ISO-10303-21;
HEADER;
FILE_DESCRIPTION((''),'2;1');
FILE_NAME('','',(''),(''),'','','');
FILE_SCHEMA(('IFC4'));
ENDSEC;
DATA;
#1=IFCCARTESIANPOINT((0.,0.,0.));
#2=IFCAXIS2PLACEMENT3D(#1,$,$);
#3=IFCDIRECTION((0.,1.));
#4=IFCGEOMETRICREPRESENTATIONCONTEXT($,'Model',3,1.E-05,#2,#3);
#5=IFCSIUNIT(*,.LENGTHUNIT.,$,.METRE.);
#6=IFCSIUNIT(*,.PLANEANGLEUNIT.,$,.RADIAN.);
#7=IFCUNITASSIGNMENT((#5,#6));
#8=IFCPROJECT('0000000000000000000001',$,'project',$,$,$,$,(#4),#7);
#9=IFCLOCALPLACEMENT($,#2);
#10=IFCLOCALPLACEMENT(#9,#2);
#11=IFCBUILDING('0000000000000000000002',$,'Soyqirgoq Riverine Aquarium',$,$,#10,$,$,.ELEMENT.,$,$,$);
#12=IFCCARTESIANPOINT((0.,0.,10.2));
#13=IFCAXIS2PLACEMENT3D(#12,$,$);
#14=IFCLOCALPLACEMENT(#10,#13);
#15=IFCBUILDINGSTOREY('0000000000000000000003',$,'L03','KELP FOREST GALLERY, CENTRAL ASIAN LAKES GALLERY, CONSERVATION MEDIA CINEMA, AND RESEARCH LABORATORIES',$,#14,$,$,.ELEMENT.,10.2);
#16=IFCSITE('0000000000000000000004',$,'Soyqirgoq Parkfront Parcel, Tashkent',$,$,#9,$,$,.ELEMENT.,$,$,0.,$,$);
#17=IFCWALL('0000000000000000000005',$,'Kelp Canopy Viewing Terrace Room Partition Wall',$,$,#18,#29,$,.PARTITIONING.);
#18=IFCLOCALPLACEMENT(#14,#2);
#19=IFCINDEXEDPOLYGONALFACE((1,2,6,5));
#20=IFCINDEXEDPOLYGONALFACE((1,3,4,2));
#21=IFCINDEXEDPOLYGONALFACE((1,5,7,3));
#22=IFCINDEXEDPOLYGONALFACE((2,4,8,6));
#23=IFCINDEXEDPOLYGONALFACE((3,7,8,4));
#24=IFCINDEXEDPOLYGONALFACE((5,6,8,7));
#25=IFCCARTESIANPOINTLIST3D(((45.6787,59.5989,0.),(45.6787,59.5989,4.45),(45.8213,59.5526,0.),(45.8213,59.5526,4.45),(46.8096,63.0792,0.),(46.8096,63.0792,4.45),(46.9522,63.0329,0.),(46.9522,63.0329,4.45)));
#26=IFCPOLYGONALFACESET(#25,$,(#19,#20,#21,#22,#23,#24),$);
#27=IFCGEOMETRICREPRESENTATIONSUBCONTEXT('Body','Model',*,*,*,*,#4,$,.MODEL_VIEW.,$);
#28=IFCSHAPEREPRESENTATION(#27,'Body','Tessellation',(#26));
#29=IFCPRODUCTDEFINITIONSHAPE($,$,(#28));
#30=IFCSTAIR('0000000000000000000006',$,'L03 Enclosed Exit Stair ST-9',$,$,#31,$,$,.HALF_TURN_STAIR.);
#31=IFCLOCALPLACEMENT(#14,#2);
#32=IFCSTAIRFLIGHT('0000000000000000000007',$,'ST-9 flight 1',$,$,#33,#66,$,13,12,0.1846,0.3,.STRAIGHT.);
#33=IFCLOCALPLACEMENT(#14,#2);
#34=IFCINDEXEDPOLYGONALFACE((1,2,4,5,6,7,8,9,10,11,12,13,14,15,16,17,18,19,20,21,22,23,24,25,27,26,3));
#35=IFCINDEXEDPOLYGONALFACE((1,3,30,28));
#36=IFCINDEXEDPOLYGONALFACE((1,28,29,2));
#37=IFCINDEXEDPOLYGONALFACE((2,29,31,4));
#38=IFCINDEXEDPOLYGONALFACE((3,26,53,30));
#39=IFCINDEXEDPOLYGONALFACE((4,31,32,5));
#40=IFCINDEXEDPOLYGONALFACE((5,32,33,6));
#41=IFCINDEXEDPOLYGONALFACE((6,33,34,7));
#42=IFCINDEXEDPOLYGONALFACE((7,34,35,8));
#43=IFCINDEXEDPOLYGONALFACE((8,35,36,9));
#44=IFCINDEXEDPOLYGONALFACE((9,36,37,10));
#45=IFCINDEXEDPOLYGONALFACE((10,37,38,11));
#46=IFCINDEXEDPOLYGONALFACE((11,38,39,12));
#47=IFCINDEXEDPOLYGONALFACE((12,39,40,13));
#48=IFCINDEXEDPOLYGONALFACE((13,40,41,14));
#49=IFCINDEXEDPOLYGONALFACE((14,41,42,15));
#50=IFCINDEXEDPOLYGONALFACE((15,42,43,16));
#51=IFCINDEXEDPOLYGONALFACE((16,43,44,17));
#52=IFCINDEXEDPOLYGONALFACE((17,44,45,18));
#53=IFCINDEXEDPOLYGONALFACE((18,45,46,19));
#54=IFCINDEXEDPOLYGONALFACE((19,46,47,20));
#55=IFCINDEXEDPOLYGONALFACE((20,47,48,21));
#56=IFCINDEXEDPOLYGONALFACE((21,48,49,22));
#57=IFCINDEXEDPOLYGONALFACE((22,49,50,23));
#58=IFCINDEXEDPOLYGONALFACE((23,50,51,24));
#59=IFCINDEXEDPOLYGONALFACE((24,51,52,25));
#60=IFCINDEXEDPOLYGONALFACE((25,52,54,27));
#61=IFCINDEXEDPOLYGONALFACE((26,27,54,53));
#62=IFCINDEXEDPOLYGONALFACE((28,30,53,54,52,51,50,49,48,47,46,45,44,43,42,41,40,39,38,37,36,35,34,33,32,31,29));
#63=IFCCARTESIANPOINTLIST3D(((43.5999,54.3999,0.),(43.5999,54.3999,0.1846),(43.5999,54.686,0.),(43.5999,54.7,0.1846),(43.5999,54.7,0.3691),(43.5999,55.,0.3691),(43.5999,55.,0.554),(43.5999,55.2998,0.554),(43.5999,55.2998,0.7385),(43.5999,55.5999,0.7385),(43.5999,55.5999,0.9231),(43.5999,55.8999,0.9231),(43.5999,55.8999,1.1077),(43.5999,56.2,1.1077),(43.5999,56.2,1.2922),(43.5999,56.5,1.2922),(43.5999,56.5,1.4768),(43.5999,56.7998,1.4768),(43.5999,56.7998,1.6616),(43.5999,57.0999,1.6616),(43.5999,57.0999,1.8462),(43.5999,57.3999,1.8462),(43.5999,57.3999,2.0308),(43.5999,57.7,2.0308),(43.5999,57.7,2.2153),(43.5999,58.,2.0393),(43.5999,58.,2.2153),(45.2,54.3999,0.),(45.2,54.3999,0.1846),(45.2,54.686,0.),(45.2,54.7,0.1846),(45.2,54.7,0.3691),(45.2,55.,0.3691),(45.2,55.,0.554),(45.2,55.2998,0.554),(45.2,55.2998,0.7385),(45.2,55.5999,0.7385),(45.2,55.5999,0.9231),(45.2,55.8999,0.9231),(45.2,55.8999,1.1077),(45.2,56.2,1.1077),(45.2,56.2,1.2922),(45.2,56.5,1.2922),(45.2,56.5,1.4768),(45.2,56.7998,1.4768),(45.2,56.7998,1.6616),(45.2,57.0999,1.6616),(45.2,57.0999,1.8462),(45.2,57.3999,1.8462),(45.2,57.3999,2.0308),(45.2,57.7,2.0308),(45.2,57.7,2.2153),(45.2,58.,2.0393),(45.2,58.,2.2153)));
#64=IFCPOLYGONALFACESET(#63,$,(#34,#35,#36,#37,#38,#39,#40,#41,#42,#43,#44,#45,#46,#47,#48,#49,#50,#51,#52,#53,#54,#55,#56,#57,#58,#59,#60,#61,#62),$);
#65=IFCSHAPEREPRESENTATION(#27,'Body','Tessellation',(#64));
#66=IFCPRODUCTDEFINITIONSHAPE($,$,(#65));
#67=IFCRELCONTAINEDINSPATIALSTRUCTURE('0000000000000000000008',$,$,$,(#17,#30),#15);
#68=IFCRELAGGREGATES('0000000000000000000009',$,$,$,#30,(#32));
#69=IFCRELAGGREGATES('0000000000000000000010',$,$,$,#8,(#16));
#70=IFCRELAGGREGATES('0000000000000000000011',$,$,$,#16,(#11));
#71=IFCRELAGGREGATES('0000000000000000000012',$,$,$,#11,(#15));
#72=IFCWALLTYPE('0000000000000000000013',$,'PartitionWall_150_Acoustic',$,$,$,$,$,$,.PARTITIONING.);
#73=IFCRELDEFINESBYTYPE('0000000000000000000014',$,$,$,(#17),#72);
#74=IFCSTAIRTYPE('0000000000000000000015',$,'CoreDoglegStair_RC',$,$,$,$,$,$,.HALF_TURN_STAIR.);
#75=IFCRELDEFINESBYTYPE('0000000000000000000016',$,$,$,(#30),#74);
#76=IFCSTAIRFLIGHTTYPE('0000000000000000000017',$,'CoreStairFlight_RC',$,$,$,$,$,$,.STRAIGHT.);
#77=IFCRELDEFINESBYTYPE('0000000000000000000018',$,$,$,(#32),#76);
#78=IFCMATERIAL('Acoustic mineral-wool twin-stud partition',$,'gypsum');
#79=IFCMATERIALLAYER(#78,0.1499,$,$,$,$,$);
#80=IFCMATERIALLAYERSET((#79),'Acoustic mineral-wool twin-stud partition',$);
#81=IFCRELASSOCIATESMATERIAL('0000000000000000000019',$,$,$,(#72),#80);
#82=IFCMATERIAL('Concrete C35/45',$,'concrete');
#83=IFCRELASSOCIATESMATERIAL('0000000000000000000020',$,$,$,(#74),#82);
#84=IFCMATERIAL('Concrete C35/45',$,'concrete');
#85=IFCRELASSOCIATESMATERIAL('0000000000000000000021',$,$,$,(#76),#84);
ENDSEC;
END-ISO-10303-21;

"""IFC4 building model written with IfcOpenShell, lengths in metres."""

from ifc_helpers import new_model, si_unit, direction, frame, frame_2d, origin, place, context, subcontext, project, spatial, polyline, rectangle, outline, extrude, material, layer, layer_set, type_object, element, aggregate, save


model = new_model("IFC4")

# Units and contexts
model_context = context("Model", 3, precision=1e-05, world=origin(), true_north=direction((0.0, 1.0)))
body_context = subcontext(model_context, "Body", "Model", "MODEL_VIEW")
ifc_project = project(units=[si_unit("LENGTHUNIT", "METRE"), si_unit("PLANEANGLEUNIT", "RADIAN")], contexts=[model_context])

# Site, building, storey
site_placement = place(None, origin())
site = spatial("IfcSite", under=ifc_project, at=site_placement, Name="Soyqirgoq Parkfront Parcel, Tashkent", CompositionType="ELEMENT", RefElevation=0.0)
building_placement = place(site_placement, origin())
building = spatial("IfcBuilding", under=site, at=building_placement, Name="Soyqirgoq Riverine Aquarium", CompositionType="ELEMENT")
storey_placement = place(building_placement, frame((0.0, 0.0, 10.2)))
storey = spatial("IfcBuildingStorey", under=building, at=storey_placement, Name="L03", Description="KELP FOREST GALLERY, CENTRAL ASIAN LAKES GALLERY, CONSERVATION MEDIA CINEMA, AND RESEARCH LABORATORIES", CompositionType="ELEMENT", Elevation=10.2)

# Wall
ifc_material_1 = material(Name="Acoustic mineral-wool twin-stud partition", Category="gypsum")
ifc_layer_1 = layer(ifc_material_1, 0.1499)
ifc_layer_set_1 = layer_set([ifc_layer_1], Name="Acoustic mineral-wool twin-stud partition")
wall_type_1 = type_object("IfcWallType", Name="PartitionWall_150_Acoustic", PredefinedType="PARTITIONING", material=ifc_layer_set_1)
wall_1_placement = place(storey_placement, frame((46.8809, 63.0559, 0.0), z_axis=(0.0, 0.0, 1.0), x_axis=(-0.309033, -0.951051, 0.0)))
element("IfcWall", 1, at=wall_1_placement, inside=storey, type_object=wall_type_1, Name="Kelp Canopy Viewing Terrace Room Partition Wall", PredefinedType="PARTITIONING", context=body_context, shape_type="SweptSolid", body=[
    extrude(rectangle(XDim=3.6594, YDim=0.1499, at=frame_2d((1.8296, 0.0))), origin(), (0.0, 0.0, 1.0), 4.45),
])

# Stair, stair flight
ifc_material_2 = material(Name="Concrete C35/45", Category="concrete")
stair_type = type_object("IfcStairType", Name="CoreDoglegStair_RC", PredefinedType="HALF_TURN_STAIR", material=ifc_material_2)
stair_placement = place(storey_placement, origin())
stair = element("IfcStair", 2, at=stair_placement, inside=storey, type_object=stair_type, Name="L03 Enclosed Exit Stair ST-9", PredefinedType="HALF_TURN_STAIR")
ifc_material_3 = material(Name="Concrete C35/45", Category="concrete")
stair_flight_type = type_object("IfcStairFlightType", Name="CoreStairFlight_RC", PredefinedType="STRAIGHT", material=ifc_material_3)
stair_flight_placement = place(storey_placement, frame((44.3999, 54.3999, 0.0), z_axis=(0.0, 0.0, 1.0), x_axis=(0.0, 1.0, 0.0)))
stair_flight = element("IfcStairFlight", 3, at=stair_flight_placement, type_object=stair_flight_type, Name="ST-9 flight 1", NumberOfRisers=13, NumberOfTreads=12, PredefinedType="STRAIGHT", RiserHeight=0.1846, TreadLength=0.3, context=body_context, shape_type="SweptSolid", body=[
    extrude(outline(polyline([(0.0, 0.0), (0.0, 0.1846), (0.3, 0.1846), (0.3, 0.3691), (0.6001, 0.3691), (0.6001, 0.554), (0.8999, 0.554), (0.8999, 0.7385), (1.2, 0.7385), (1.2, 0.9231), (1.5, 0.9231), (1.5, 1.1077), (1.8, 1.1077), (1.8, 1.2922), (2.1001, 1.2922), (2.1001, 1.4768), (2.3999, 1.4768), (2.3999, 1.6616), (2.7, 1.6616), (2.7, 1.8462), (3.0, 1.8462), (3.0, 2.0308), (3.3, 2.0308), (3.3, 2.2153), (3.6001, 2.2153), (3.6001, 2.3999), (3.6001, 2.0393), (0.2861, 0.0), (0.0, 0.0)])), frame((0.0, 0.8, 0.0), z_axis=(0.0, -1.0, 0.0), x_axis=(1.0, 0.0, 0.0)), (0.0, 0.0, 1.0), 1.6001),
])
aggregate(stair, [stair_flight])

save(model, "model.ifc")
